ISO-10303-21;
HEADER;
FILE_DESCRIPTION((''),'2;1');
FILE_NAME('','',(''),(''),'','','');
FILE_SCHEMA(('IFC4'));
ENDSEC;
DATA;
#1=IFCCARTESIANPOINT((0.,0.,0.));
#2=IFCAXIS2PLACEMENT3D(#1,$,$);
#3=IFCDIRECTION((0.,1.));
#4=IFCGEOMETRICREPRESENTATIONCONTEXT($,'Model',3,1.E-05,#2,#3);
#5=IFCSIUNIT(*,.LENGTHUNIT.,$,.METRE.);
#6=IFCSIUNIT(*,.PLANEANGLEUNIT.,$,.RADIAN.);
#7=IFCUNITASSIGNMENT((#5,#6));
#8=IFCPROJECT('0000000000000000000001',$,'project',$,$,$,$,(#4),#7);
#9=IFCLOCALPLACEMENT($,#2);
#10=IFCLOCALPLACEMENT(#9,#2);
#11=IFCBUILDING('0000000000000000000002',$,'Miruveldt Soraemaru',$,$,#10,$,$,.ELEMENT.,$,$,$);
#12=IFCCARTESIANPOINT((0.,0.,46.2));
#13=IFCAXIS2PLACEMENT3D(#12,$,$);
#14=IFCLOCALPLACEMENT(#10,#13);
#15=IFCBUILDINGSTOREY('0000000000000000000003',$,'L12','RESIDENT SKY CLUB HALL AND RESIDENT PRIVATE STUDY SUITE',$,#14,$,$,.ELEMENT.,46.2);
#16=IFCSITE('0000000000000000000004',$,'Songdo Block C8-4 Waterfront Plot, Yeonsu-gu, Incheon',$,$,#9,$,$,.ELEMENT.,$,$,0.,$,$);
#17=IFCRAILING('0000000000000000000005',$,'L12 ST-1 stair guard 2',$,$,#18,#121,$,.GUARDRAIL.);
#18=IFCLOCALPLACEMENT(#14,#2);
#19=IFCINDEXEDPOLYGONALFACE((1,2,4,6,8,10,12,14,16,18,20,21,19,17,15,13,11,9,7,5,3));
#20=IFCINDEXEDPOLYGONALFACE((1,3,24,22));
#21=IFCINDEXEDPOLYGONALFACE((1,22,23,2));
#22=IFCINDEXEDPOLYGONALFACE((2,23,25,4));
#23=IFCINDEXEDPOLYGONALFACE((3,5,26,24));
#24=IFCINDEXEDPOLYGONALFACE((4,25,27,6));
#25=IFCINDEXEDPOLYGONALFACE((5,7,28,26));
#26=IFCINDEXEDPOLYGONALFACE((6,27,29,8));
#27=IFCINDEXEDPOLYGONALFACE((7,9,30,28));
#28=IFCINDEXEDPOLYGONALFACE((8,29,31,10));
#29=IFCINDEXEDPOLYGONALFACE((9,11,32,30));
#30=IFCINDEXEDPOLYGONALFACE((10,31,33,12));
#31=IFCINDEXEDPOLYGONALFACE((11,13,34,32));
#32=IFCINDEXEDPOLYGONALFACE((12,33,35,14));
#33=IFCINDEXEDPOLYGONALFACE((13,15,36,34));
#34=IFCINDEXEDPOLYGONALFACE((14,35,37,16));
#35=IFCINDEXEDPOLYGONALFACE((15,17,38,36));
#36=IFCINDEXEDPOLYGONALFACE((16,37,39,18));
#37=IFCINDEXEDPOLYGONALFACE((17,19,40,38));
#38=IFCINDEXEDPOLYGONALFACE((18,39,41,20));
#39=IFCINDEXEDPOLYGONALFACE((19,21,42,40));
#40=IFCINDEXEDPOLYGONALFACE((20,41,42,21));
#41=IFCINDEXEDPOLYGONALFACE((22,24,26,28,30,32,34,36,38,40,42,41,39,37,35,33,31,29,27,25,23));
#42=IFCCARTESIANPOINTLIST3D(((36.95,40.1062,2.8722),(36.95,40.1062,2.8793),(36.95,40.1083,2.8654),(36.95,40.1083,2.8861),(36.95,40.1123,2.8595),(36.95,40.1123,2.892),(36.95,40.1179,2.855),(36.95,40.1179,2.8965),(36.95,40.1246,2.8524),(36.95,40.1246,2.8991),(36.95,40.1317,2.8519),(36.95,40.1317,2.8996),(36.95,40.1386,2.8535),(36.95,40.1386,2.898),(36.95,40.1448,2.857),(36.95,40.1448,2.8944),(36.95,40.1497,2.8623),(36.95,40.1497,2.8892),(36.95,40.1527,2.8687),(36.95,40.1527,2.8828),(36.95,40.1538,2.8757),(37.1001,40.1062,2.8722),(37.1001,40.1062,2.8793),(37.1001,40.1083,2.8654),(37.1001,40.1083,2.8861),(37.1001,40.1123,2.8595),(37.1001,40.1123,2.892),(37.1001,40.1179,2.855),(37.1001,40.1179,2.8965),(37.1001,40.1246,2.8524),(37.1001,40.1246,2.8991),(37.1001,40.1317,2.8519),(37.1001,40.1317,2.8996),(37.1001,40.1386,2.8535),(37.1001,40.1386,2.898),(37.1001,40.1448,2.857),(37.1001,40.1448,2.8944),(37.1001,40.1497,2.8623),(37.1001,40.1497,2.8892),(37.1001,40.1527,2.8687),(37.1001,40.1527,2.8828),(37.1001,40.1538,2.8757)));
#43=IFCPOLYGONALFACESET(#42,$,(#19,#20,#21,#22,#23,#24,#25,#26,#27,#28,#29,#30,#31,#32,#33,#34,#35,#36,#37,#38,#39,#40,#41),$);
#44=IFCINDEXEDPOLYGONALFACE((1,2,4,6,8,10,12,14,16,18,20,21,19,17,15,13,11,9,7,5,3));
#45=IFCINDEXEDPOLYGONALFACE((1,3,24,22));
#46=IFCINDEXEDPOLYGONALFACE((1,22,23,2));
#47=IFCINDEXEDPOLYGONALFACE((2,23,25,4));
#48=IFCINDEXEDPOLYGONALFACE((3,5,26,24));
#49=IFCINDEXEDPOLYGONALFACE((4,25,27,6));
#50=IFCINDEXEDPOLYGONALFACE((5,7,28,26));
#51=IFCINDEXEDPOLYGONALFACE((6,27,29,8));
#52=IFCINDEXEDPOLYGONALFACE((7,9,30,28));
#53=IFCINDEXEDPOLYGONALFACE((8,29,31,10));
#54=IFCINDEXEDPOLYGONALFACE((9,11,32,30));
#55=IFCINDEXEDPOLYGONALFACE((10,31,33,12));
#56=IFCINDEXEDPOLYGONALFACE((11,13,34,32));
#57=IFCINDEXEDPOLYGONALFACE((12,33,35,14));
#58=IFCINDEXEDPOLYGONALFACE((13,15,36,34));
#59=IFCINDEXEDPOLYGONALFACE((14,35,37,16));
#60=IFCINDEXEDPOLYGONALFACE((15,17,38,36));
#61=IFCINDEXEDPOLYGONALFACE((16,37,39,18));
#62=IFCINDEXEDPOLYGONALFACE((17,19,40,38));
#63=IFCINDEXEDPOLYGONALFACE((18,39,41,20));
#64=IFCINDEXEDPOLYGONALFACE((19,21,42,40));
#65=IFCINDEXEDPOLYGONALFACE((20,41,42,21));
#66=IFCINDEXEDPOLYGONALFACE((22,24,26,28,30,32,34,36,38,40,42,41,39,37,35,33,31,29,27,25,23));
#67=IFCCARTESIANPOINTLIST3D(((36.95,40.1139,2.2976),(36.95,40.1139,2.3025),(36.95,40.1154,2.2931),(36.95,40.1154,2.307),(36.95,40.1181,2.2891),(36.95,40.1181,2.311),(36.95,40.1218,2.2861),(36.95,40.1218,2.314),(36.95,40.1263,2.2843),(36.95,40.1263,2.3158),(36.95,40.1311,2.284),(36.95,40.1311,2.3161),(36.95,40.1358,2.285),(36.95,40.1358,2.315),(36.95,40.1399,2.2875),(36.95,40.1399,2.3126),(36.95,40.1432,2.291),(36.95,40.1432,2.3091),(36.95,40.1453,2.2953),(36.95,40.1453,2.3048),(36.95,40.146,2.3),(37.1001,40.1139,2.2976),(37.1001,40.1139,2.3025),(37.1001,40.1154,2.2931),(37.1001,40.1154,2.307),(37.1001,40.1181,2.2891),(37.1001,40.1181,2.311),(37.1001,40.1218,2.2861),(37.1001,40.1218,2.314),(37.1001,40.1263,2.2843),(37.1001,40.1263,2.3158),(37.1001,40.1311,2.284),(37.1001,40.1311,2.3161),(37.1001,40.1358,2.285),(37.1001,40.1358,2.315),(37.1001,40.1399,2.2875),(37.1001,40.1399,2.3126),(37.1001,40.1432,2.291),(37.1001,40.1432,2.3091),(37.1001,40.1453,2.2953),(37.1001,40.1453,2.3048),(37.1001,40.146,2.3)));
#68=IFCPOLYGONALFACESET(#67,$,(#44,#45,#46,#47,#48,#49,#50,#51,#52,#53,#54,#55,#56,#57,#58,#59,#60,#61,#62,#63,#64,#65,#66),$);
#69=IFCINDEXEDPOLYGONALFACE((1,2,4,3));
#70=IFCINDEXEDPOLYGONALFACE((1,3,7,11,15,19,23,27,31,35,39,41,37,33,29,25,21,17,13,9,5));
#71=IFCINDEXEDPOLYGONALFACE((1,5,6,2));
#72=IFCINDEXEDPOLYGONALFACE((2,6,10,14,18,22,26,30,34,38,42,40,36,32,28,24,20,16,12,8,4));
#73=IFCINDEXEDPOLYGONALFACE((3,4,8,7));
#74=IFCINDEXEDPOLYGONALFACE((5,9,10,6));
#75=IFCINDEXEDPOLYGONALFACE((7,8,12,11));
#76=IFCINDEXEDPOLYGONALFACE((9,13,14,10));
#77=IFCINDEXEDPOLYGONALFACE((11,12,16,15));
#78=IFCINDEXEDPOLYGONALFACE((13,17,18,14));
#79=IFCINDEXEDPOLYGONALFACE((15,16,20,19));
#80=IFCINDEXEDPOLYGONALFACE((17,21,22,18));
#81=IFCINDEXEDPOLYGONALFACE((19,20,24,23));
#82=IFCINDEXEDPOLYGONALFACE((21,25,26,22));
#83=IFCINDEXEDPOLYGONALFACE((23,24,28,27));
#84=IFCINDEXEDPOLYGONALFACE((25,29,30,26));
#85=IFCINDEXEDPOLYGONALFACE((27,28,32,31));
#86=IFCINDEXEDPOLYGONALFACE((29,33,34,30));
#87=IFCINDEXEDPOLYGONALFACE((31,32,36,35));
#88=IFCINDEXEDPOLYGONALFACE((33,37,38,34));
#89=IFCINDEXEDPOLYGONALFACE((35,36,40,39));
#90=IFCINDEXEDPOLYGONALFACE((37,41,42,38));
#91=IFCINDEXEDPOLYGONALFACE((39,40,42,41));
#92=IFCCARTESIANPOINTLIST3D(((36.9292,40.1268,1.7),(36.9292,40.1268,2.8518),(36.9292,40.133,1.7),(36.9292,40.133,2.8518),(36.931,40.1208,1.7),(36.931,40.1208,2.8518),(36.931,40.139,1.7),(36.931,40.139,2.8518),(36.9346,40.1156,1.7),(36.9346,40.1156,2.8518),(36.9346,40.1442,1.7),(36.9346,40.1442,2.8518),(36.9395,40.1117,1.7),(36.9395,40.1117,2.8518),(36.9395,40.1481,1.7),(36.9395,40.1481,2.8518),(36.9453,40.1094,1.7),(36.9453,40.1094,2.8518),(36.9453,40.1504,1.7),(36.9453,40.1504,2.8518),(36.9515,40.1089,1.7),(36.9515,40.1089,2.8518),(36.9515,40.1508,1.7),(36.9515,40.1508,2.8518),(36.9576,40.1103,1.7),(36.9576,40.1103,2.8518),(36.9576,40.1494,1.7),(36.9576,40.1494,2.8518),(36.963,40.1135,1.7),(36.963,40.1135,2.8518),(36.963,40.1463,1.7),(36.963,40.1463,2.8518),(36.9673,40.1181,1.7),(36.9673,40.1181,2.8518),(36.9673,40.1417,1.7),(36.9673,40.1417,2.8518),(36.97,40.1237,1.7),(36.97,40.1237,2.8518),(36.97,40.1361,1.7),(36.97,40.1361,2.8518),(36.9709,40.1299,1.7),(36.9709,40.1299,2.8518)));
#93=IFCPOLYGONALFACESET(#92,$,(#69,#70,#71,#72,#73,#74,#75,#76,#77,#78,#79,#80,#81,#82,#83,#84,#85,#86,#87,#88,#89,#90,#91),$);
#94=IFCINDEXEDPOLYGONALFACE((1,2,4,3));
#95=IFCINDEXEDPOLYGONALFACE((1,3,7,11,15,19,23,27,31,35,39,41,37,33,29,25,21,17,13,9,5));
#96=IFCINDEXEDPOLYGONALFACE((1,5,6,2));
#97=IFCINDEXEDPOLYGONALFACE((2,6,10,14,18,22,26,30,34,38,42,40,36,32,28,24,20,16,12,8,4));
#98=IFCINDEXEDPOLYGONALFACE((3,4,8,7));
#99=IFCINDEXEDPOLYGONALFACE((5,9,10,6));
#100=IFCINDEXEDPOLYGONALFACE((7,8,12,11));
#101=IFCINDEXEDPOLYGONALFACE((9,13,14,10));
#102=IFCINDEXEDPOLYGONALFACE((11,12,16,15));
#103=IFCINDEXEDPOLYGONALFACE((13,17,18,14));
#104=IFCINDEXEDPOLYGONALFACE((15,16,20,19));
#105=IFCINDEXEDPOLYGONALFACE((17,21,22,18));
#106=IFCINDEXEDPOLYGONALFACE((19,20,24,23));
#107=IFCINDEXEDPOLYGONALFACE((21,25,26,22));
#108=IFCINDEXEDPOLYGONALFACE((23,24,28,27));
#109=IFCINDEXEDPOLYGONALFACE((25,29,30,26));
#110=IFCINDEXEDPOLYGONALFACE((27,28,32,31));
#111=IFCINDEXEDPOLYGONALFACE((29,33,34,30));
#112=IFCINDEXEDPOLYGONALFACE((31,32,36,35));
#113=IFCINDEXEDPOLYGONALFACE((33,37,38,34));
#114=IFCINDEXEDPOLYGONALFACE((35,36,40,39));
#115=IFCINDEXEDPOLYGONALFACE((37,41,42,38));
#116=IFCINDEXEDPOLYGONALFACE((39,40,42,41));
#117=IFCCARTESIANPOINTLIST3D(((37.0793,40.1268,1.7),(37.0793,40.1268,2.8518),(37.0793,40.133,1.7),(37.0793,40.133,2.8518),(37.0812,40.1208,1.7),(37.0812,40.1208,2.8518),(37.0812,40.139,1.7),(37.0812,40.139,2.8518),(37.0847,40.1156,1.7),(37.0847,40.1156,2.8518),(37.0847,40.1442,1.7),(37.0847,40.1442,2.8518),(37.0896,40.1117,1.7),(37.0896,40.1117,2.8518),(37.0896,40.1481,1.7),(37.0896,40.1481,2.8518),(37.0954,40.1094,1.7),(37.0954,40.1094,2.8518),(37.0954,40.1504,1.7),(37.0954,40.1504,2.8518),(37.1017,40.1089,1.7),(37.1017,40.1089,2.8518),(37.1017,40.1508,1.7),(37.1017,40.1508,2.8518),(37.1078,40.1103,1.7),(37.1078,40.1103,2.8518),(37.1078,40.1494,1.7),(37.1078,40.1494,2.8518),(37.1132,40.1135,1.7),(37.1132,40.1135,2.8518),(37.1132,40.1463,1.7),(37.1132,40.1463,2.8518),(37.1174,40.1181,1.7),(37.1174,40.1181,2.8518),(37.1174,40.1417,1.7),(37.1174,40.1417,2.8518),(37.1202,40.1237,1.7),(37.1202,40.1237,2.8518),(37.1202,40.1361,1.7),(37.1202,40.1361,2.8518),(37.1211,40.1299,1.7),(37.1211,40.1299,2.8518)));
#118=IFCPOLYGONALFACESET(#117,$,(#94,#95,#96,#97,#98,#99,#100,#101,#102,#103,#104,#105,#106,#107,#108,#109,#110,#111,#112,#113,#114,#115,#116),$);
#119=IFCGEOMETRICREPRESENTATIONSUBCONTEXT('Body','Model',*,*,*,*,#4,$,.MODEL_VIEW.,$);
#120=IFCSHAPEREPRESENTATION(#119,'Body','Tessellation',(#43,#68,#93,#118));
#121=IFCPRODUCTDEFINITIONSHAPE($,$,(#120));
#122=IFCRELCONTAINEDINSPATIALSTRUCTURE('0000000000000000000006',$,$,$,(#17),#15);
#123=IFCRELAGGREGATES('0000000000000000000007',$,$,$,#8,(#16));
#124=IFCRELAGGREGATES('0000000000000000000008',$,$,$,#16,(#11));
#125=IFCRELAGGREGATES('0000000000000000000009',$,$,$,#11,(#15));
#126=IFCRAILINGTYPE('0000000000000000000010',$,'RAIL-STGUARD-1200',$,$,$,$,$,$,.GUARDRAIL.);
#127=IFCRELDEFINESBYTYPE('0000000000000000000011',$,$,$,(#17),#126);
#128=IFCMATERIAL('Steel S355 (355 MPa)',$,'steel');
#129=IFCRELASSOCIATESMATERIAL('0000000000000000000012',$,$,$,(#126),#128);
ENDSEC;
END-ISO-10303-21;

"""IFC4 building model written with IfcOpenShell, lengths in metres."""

from ifc_helpers import new_model, si_unit, direction, frame, origin, origin_2d, place, context, subcontext, project, spatial, circle, extrude, material, type_object, element, save


model = new_model("IFC4")

# Units and contexts
model_context = context("Model", 3, precision=1e-05, world=origin(), true_north=direction((0.0, 1.0)))
body_context = subcontext(model_context, "Body", "Model", "MODEL_VIEW")
ifc_project = project(units=[si_unit("LENGTHUNIT", "METRE"), si_unit("PLANEANGLEUNIT", "RADIAN")], contexts=[model_context])

# Site, building, storey
site_placement = place(None, origin())
site = spatial("IfcSite", under=ifc_project, at=site_placement, Name="Songdo Block C8-4 Waterfront Plot, Yeonsu-gu, Incheon", CompositionType="ELEMENT", RefElevation=0.0)
building_placement = place(site_placement, origin())
building = spatial("IfcBuilding", under=site, at=building_placement, Name="Miruveldt Soraemaru", CompositionType="ELEMENT")
storey_placement = place(building_placement, frame((0.0, 0.0, 46.2)))
storey = spatial("IfcBuildingStorey", under=building, at=storey_placement, Name="L12", Description="RESIDENT SKY CLUB HALL AND RESIDENT PRIVATE STUDY SUITE", CompositionType="ELEMENT", Elevation=46.2)

# Railing
ifc_material_1 = material(Name="Steel S355 (355 MPa)", Category="steel")
railing_type_1 = type_object("IfcRailingType", Name="RAIL-STGUARD-1200", PredefinedType="GUARDRAIL", material=ifc_material_1)
railing_1_placement = place(storey_placement, frame((36.95, 40.1299, 1.7)))
element("IfcRailing", 1, at=railing_1_placement, inside=storey, type_object=railing_type_1, Name="L12 ST-1 stair guard 2", PredefinedType="GUARDRAIL", context=body_context, shape_type="SweptSolid", body=[
    extrude(circle(Radius=0.0239, at=origin_2d()), frame((0.0, 0.0, 1.1758), z_axis=(1.0, 0.0, 0.0), x_axis=(0.0, 1.0, 0.0)), (0.0, 0.0, 1.0), 0.1501),
    extrude(circle(Radius=0.0161, at=origin_2d()), frame((0.0, 0.0, 0.6001), z_axis=(1.0, 0.0, 0.0), x_axis=(0.0, 1.0, 0.0)), (0.0, 0.0, 1.0), 0.1501),
    extrude(circle(Radius=0.021, at=origin_2d()), origin(), (0.0, 0.0, 1.0), 1.1519),
    extrude(circle(Radius=0.021, at=origin_2d()), frame((0.1501, 0.0, 0.0)), (0.0, 0.0, 1.0), 1.1519),
])

save(model, "model.ifc")
